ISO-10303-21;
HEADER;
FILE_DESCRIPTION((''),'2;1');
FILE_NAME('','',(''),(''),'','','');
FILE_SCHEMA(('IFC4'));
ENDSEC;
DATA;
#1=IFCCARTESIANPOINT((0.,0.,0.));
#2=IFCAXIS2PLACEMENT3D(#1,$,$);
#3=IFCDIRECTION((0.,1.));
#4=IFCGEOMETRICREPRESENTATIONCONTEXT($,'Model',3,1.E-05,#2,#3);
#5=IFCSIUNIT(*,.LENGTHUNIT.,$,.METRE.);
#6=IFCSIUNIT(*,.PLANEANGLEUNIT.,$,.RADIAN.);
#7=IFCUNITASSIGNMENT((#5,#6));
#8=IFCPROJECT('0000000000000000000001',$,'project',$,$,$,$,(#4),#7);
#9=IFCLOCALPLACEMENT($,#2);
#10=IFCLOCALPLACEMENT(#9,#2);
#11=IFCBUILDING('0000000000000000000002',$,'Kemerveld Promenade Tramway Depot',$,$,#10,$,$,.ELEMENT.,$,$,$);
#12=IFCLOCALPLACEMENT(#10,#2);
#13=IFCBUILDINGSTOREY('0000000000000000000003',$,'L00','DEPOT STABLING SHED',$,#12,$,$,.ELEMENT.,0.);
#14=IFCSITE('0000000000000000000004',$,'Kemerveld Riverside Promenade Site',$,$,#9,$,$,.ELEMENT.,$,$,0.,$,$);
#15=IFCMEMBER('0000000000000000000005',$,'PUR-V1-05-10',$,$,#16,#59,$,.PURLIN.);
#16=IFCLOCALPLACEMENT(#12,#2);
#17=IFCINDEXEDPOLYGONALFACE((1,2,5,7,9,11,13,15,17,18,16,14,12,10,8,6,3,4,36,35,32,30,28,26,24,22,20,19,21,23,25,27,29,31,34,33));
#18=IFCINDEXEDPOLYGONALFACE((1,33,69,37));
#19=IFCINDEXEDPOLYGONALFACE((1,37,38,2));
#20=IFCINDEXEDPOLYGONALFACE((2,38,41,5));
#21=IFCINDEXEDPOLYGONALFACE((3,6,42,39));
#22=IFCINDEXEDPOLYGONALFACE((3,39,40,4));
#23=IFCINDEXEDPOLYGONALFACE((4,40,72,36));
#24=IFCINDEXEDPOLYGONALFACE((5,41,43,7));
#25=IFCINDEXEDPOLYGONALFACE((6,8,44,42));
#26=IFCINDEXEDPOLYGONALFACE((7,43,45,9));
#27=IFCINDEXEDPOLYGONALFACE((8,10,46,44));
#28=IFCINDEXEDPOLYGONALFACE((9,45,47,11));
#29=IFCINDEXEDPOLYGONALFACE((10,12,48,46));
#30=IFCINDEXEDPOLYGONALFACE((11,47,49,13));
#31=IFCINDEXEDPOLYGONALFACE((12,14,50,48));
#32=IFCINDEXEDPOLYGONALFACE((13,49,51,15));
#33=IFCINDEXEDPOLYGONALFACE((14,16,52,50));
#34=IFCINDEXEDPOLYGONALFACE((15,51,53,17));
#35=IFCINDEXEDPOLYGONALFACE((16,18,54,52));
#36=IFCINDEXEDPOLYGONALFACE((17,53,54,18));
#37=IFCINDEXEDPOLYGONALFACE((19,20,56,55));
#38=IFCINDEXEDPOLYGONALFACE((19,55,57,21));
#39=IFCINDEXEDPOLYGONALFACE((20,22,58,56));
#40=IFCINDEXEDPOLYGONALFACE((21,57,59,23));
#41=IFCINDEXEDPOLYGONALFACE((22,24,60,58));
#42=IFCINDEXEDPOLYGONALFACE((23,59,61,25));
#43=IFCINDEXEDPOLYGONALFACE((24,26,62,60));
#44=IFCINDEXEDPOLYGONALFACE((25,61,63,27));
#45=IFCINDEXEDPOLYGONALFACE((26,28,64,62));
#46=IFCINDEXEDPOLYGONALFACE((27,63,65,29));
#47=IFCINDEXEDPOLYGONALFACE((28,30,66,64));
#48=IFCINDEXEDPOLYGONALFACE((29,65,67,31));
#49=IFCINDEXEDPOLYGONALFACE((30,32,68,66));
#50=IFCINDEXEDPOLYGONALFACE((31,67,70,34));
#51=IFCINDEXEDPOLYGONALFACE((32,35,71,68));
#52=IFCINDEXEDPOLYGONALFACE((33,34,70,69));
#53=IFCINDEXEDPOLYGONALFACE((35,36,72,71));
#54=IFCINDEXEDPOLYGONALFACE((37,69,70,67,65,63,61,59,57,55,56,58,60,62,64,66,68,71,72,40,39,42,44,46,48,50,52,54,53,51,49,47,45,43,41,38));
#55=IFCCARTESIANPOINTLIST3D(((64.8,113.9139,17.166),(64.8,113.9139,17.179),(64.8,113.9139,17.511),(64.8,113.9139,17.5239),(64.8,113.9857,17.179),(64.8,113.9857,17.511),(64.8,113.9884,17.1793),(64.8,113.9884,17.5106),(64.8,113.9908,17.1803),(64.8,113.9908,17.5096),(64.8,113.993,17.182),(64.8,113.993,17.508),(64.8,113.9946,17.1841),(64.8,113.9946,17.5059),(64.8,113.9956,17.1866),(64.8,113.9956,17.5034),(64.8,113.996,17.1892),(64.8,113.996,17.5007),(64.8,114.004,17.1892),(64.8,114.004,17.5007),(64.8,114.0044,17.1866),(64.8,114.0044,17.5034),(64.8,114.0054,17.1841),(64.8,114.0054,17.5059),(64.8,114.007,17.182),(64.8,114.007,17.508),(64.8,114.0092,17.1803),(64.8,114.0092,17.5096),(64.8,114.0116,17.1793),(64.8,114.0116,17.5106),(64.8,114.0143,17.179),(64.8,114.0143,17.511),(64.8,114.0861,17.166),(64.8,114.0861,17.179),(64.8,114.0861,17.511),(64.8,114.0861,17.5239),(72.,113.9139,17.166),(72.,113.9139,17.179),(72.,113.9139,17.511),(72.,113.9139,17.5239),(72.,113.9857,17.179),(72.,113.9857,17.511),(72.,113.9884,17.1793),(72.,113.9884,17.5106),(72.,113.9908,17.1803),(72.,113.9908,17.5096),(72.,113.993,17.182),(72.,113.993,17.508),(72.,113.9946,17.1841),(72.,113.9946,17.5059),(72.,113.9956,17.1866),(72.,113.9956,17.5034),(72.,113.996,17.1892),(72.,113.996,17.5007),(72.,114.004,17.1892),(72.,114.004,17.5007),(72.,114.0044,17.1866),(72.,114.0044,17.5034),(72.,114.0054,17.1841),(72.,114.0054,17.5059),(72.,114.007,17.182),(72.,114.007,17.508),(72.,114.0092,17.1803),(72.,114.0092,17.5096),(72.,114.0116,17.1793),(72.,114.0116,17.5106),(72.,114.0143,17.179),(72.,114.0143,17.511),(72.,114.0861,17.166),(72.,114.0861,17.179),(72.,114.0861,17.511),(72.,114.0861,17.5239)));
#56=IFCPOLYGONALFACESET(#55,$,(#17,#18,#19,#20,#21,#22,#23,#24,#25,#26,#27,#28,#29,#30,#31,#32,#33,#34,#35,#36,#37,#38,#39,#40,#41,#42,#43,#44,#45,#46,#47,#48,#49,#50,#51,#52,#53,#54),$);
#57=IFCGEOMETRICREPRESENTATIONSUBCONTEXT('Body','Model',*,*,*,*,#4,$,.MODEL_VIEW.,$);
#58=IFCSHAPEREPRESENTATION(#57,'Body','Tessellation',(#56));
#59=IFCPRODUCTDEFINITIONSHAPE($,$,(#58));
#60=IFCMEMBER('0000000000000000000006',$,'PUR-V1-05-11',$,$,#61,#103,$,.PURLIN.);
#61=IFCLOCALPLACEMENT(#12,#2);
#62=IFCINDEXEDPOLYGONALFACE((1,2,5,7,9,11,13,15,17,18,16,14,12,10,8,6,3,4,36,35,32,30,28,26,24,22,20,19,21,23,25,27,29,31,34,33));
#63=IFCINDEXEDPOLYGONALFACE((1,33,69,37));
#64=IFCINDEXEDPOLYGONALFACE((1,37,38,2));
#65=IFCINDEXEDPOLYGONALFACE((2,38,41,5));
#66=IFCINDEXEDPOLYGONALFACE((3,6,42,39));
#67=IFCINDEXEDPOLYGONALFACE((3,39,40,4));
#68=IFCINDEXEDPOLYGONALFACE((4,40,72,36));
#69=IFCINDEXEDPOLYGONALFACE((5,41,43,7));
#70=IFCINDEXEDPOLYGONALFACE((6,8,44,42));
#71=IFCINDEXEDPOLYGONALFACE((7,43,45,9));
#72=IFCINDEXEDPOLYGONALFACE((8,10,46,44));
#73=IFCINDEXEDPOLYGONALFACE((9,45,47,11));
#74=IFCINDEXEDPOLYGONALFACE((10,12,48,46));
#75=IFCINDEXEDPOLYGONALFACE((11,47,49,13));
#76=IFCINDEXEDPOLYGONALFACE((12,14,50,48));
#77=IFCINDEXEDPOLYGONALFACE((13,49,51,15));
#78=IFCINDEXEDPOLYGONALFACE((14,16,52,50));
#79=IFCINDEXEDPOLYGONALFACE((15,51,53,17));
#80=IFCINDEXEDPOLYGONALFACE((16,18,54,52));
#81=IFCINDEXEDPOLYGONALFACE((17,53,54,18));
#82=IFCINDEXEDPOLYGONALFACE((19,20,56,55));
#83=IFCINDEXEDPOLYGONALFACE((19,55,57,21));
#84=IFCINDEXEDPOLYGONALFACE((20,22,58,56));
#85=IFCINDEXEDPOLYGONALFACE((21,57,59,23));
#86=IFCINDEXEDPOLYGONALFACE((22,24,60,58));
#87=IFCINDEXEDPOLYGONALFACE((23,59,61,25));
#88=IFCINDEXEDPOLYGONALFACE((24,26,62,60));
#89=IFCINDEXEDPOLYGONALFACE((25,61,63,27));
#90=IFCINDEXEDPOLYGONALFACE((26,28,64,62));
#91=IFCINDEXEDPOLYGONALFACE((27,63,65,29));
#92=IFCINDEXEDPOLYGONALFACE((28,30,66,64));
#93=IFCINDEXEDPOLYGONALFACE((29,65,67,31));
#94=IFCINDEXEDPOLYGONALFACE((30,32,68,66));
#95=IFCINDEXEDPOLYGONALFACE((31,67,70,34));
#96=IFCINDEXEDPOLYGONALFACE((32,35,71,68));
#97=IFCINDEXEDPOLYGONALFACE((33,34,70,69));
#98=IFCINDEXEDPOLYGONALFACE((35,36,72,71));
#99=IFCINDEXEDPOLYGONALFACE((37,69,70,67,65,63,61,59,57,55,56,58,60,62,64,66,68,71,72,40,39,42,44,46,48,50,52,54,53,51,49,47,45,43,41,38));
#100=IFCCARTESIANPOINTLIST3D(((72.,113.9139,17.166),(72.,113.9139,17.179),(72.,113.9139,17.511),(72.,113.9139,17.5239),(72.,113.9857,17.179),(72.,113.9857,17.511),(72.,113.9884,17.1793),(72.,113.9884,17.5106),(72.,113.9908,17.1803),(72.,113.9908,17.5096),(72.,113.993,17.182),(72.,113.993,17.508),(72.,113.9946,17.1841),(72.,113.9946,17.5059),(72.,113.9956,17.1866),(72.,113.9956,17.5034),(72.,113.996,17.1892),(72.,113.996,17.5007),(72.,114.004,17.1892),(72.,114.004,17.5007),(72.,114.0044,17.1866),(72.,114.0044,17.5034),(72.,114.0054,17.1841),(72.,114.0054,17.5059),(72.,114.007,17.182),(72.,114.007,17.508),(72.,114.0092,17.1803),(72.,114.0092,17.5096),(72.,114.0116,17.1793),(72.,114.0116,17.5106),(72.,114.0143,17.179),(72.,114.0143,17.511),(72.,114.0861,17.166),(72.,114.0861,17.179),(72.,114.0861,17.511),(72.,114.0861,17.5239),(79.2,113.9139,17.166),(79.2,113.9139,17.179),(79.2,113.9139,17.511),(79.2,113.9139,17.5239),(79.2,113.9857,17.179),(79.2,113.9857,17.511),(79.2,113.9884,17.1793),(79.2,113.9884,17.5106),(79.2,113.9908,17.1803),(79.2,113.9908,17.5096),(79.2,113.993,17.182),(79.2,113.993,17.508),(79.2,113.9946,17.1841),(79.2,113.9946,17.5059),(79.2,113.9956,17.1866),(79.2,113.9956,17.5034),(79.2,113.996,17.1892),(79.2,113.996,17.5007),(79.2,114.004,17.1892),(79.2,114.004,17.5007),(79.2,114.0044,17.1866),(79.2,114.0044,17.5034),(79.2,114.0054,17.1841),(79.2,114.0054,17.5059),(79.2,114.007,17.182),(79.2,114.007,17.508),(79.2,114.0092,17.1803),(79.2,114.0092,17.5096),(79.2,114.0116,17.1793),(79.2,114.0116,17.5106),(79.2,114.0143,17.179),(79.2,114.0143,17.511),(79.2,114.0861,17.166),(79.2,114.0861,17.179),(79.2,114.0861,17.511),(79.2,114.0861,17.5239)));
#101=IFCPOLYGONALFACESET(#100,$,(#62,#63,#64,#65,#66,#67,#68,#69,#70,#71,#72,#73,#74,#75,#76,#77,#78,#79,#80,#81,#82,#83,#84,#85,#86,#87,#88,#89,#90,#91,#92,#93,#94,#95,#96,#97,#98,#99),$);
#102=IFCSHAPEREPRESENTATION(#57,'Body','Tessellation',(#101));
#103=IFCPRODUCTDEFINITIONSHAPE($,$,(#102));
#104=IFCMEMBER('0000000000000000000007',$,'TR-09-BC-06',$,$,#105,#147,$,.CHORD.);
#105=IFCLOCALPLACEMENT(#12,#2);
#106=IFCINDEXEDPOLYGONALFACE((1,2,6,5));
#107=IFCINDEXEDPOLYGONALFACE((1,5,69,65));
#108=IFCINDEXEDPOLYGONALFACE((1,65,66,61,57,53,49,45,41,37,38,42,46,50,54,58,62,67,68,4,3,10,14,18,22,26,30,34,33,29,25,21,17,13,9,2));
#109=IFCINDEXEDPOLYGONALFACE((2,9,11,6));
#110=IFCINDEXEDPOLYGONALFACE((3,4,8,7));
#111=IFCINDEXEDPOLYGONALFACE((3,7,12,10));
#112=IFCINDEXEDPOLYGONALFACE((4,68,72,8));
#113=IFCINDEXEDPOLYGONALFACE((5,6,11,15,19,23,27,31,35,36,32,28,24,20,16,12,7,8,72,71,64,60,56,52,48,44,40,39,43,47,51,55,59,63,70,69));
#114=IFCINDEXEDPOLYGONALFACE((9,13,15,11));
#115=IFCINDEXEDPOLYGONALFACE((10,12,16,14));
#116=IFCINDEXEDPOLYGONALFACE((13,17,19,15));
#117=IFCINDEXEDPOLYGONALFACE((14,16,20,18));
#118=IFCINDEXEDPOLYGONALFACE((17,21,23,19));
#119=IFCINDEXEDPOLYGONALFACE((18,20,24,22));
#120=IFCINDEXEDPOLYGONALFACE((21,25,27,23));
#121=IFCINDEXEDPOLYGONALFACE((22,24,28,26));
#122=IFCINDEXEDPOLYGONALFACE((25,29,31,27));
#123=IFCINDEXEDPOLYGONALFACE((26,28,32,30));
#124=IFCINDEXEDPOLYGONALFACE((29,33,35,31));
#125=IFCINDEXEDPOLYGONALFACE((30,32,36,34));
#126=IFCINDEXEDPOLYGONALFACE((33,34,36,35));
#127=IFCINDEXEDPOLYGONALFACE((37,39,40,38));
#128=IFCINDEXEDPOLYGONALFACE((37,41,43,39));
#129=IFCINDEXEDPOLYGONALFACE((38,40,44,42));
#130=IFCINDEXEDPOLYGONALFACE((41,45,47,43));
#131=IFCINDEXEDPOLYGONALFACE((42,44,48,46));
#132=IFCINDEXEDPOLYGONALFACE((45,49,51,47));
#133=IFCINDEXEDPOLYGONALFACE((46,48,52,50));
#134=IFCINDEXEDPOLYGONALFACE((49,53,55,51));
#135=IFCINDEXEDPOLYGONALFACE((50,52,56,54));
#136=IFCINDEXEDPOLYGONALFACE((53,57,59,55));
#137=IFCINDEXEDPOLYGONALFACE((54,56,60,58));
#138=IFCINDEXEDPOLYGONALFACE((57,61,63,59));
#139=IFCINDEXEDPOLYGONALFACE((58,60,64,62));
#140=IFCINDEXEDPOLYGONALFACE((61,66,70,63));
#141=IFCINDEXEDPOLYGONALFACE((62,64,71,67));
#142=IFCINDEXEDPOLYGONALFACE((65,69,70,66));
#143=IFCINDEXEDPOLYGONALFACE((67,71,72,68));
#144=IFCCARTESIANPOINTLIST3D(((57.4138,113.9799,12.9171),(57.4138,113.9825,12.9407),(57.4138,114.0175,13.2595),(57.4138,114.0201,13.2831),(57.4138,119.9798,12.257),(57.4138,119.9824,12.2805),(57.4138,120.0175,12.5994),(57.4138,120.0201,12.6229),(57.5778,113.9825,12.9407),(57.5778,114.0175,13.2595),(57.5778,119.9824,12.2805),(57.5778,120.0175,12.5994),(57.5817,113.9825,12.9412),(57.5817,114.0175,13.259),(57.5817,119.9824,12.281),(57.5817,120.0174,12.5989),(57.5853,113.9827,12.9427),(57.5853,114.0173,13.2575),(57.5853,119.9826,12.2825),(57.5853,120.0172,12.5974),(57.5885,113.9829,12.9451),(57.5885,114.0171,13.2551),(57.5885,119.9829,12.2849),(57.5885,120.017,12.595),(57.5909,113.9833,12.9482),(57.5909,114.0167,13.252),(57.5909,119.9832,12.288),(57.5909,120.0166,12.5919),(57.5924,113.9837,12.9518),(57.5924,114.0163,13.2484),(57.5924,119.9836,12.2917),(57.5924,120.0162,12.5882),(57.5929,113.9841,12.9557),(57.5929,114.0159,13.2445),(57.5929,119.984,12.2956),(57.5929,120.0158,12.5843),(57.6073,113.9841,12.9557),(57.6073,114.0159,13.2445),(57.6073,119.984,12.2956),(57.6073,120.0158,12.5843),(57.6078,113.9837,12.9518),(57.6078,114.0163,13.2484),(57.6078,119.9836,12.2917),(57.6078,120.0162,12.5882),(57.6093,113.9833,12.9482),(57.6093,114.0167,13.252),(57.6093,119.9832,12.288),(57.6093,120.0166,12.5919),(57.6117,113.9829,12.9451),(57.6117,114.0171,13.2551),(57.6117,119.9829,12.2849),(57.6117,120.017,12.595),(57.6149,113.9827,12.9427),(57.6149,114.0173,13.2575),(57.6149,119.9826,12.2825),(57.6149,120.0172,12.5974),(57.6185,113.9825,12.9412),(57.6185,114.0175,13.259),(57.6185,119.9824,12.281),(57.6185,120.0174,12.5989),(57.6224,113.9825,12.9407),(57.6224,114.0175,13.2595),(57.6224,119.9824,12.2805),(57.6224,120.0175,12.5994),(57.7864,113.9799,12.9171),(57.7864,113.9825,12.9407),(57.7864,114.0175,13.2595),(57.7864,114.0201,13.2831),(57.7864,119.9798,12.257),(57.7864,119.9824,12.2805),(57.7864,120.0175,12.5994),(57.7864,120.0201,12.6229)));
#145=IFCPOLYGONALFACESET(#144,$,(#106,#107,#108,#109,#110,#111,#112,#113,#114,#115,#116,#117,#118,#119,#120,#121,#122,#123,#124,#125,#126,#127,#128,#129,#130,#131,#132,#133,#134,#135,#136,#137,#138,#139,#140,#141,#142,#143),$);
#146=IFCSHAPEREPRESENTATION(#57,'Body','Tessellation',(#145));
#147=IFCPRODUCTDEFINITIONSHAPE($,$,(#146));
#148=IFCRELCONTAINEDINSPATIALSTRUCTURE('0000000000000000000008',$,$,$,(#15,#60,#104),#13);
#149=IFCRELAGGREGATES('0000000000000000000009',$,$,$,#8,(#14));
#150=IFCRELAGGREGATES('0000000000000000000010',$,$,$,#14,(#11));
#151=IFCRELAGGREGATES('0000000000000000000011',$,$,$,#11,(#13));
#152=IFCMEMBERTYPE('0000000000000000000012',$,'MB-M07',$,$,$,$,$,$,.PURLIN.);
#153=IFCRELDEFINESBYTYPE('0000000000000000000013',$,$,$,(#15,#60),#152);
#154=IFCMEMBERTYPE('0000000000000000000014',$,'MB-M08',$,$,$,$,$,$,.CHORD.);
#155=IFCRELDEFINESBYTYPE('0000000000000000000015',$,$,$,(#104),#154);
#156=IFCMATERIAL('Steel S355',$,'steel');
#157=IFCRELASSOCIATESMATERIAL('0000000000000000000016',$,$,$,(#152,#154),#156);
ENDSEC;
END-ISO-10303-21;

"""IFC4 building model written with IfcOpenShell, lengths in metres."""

from ifc_helpers import new_model, si_unit, direction, frame, origin, origin_2d, place, context, subcontext, project, spatial, i_section, extrude, material, material_profile, profile_set, type_object, element, save


model = new_model("IFC4")

# Units and contexts
model_context = context("Model", 3, precision=1e-05, world=origin(), true_north=direction((0.0, 1.0)))
body_context = subcontext(model_context, "Body", "Model", "MODEL_VIEW")
ifc_project = project(units=[si_unit("LENGTHUNIT", "METRE"), si_unit("PLANEANGLEUNIT", "RADIAN")], contexts=[model_context])

# Site, building, storey
site_placement = place(None, origin())
site = spatial("IfcSite", under=ifc_project, at=site_placement, Name="Kemerveld Riverside Promenade Site", CompositionType="ELEMENT", RefElevation=0.0)
building_placement = place(site_placement, origin())
building = spatial("IfcBuilding", under=site, at=building_placement, Name="Kemerveld Promenade Tramway Depot", CompositionType="ELEMENT")
storey_placement = place(building_placement, origin())
storey = spatial("IfcBuildingStorey", under=building, at=storey_placement, Name="L00", Description="DEPOT STABLING SHED", CompositionType="ELEMENT", Elevation=0.0)

# Members
ifc_material_1 = material(Name="Steel S355", Category="steel")
ifc_material_profile_1 = material_profile(ifc_material_1, i_section(OverallWidth=0.1721, OverallDepth=0.3579, WebThickness=0.0081, FlangeThickness=0.0129, FilletRadius=0.0103, at=origin_2d()), Name="356x171x57 UB")
ifc_profile_set_1 = profile_set([ifc_material_profile_1], Name="Steel S355")
member_type_1 = type_object("IfcMemberType", Name="MB-M07", PredefinedType="PURLIN", material=ifc_profile_set_1)
for number, where, z_axis, x_axis, name in (
    (1, (64.8, 114.0, 17.345), (1.0, 0.0, 0.0), (0.0, 1.0, 0.0), "PUR-V1-05-10"),
    (2, (72.0, 114.0, 17.345), (1.0, 0.0, 0.0), (0.0, 1.0, 0.0), "PUR-V1-05-11"),
):
    element("IfcMember", number, at=place(storey_placement, frame(where, z_axis=z_axis, x_axis=x_axis)), inside=storey, type_object=member_type_1, Name=name, PredefinedType="PURLIN", context=body_context, shape_type="SweptSolid", body=[
        extrude(i_section(OverallWidth=0.1721, OverallDepth=0.3579, WebThickness=0.0081, FlangeThickness=0.0129, FilletRadius=0.0103, at=origin_2d()), origin(), (0.0, 0.0, 1.0), 7.2),
    ])
ifc_material_profile_2 = material_profile(ifc_material_1, i_section(OverallWidth=0.3726, OverallDepth=0.3682, WebThickness=0.0144, FlangeThickness=0.0237, FilletRadius=0.0151, at=origin_2d()), Name="356x368x177 UC")
ifc_profile_set_2 = profile_set([ifc_material_profile_2], Name="Steel S355")
member_type_2 = type_object("IfcMemberType", Name="MB-M08", PredefinedType="CHORD", material=ifc_profile_set_2)
member_1_placement = place(storey_placement, frame((57.6001, 114.0, 13.1001), z_axis=(0.0, 0.994002, -0.109366), x_axis=(-1.0, 0.0, 0.0)))
element("IfcMember", 3, at=member_1_placement, inside=storey, type_object=member_type_2, Name="TR-09-BC-06", PredefinedType="CHORD", context=body_context, shape_type="SweptSolid", body=[
    extrude(i_section(OverallWidth=0.3726, OverallDepth=0.3682, WebThickness=0.0144, FlangeThickness=0.0237, FilletRadius=0.0151, at=origin_2d()), origin(), (0.0, 0.0, 1.0), 6.0361),
])

save(model, "model.ifc")
